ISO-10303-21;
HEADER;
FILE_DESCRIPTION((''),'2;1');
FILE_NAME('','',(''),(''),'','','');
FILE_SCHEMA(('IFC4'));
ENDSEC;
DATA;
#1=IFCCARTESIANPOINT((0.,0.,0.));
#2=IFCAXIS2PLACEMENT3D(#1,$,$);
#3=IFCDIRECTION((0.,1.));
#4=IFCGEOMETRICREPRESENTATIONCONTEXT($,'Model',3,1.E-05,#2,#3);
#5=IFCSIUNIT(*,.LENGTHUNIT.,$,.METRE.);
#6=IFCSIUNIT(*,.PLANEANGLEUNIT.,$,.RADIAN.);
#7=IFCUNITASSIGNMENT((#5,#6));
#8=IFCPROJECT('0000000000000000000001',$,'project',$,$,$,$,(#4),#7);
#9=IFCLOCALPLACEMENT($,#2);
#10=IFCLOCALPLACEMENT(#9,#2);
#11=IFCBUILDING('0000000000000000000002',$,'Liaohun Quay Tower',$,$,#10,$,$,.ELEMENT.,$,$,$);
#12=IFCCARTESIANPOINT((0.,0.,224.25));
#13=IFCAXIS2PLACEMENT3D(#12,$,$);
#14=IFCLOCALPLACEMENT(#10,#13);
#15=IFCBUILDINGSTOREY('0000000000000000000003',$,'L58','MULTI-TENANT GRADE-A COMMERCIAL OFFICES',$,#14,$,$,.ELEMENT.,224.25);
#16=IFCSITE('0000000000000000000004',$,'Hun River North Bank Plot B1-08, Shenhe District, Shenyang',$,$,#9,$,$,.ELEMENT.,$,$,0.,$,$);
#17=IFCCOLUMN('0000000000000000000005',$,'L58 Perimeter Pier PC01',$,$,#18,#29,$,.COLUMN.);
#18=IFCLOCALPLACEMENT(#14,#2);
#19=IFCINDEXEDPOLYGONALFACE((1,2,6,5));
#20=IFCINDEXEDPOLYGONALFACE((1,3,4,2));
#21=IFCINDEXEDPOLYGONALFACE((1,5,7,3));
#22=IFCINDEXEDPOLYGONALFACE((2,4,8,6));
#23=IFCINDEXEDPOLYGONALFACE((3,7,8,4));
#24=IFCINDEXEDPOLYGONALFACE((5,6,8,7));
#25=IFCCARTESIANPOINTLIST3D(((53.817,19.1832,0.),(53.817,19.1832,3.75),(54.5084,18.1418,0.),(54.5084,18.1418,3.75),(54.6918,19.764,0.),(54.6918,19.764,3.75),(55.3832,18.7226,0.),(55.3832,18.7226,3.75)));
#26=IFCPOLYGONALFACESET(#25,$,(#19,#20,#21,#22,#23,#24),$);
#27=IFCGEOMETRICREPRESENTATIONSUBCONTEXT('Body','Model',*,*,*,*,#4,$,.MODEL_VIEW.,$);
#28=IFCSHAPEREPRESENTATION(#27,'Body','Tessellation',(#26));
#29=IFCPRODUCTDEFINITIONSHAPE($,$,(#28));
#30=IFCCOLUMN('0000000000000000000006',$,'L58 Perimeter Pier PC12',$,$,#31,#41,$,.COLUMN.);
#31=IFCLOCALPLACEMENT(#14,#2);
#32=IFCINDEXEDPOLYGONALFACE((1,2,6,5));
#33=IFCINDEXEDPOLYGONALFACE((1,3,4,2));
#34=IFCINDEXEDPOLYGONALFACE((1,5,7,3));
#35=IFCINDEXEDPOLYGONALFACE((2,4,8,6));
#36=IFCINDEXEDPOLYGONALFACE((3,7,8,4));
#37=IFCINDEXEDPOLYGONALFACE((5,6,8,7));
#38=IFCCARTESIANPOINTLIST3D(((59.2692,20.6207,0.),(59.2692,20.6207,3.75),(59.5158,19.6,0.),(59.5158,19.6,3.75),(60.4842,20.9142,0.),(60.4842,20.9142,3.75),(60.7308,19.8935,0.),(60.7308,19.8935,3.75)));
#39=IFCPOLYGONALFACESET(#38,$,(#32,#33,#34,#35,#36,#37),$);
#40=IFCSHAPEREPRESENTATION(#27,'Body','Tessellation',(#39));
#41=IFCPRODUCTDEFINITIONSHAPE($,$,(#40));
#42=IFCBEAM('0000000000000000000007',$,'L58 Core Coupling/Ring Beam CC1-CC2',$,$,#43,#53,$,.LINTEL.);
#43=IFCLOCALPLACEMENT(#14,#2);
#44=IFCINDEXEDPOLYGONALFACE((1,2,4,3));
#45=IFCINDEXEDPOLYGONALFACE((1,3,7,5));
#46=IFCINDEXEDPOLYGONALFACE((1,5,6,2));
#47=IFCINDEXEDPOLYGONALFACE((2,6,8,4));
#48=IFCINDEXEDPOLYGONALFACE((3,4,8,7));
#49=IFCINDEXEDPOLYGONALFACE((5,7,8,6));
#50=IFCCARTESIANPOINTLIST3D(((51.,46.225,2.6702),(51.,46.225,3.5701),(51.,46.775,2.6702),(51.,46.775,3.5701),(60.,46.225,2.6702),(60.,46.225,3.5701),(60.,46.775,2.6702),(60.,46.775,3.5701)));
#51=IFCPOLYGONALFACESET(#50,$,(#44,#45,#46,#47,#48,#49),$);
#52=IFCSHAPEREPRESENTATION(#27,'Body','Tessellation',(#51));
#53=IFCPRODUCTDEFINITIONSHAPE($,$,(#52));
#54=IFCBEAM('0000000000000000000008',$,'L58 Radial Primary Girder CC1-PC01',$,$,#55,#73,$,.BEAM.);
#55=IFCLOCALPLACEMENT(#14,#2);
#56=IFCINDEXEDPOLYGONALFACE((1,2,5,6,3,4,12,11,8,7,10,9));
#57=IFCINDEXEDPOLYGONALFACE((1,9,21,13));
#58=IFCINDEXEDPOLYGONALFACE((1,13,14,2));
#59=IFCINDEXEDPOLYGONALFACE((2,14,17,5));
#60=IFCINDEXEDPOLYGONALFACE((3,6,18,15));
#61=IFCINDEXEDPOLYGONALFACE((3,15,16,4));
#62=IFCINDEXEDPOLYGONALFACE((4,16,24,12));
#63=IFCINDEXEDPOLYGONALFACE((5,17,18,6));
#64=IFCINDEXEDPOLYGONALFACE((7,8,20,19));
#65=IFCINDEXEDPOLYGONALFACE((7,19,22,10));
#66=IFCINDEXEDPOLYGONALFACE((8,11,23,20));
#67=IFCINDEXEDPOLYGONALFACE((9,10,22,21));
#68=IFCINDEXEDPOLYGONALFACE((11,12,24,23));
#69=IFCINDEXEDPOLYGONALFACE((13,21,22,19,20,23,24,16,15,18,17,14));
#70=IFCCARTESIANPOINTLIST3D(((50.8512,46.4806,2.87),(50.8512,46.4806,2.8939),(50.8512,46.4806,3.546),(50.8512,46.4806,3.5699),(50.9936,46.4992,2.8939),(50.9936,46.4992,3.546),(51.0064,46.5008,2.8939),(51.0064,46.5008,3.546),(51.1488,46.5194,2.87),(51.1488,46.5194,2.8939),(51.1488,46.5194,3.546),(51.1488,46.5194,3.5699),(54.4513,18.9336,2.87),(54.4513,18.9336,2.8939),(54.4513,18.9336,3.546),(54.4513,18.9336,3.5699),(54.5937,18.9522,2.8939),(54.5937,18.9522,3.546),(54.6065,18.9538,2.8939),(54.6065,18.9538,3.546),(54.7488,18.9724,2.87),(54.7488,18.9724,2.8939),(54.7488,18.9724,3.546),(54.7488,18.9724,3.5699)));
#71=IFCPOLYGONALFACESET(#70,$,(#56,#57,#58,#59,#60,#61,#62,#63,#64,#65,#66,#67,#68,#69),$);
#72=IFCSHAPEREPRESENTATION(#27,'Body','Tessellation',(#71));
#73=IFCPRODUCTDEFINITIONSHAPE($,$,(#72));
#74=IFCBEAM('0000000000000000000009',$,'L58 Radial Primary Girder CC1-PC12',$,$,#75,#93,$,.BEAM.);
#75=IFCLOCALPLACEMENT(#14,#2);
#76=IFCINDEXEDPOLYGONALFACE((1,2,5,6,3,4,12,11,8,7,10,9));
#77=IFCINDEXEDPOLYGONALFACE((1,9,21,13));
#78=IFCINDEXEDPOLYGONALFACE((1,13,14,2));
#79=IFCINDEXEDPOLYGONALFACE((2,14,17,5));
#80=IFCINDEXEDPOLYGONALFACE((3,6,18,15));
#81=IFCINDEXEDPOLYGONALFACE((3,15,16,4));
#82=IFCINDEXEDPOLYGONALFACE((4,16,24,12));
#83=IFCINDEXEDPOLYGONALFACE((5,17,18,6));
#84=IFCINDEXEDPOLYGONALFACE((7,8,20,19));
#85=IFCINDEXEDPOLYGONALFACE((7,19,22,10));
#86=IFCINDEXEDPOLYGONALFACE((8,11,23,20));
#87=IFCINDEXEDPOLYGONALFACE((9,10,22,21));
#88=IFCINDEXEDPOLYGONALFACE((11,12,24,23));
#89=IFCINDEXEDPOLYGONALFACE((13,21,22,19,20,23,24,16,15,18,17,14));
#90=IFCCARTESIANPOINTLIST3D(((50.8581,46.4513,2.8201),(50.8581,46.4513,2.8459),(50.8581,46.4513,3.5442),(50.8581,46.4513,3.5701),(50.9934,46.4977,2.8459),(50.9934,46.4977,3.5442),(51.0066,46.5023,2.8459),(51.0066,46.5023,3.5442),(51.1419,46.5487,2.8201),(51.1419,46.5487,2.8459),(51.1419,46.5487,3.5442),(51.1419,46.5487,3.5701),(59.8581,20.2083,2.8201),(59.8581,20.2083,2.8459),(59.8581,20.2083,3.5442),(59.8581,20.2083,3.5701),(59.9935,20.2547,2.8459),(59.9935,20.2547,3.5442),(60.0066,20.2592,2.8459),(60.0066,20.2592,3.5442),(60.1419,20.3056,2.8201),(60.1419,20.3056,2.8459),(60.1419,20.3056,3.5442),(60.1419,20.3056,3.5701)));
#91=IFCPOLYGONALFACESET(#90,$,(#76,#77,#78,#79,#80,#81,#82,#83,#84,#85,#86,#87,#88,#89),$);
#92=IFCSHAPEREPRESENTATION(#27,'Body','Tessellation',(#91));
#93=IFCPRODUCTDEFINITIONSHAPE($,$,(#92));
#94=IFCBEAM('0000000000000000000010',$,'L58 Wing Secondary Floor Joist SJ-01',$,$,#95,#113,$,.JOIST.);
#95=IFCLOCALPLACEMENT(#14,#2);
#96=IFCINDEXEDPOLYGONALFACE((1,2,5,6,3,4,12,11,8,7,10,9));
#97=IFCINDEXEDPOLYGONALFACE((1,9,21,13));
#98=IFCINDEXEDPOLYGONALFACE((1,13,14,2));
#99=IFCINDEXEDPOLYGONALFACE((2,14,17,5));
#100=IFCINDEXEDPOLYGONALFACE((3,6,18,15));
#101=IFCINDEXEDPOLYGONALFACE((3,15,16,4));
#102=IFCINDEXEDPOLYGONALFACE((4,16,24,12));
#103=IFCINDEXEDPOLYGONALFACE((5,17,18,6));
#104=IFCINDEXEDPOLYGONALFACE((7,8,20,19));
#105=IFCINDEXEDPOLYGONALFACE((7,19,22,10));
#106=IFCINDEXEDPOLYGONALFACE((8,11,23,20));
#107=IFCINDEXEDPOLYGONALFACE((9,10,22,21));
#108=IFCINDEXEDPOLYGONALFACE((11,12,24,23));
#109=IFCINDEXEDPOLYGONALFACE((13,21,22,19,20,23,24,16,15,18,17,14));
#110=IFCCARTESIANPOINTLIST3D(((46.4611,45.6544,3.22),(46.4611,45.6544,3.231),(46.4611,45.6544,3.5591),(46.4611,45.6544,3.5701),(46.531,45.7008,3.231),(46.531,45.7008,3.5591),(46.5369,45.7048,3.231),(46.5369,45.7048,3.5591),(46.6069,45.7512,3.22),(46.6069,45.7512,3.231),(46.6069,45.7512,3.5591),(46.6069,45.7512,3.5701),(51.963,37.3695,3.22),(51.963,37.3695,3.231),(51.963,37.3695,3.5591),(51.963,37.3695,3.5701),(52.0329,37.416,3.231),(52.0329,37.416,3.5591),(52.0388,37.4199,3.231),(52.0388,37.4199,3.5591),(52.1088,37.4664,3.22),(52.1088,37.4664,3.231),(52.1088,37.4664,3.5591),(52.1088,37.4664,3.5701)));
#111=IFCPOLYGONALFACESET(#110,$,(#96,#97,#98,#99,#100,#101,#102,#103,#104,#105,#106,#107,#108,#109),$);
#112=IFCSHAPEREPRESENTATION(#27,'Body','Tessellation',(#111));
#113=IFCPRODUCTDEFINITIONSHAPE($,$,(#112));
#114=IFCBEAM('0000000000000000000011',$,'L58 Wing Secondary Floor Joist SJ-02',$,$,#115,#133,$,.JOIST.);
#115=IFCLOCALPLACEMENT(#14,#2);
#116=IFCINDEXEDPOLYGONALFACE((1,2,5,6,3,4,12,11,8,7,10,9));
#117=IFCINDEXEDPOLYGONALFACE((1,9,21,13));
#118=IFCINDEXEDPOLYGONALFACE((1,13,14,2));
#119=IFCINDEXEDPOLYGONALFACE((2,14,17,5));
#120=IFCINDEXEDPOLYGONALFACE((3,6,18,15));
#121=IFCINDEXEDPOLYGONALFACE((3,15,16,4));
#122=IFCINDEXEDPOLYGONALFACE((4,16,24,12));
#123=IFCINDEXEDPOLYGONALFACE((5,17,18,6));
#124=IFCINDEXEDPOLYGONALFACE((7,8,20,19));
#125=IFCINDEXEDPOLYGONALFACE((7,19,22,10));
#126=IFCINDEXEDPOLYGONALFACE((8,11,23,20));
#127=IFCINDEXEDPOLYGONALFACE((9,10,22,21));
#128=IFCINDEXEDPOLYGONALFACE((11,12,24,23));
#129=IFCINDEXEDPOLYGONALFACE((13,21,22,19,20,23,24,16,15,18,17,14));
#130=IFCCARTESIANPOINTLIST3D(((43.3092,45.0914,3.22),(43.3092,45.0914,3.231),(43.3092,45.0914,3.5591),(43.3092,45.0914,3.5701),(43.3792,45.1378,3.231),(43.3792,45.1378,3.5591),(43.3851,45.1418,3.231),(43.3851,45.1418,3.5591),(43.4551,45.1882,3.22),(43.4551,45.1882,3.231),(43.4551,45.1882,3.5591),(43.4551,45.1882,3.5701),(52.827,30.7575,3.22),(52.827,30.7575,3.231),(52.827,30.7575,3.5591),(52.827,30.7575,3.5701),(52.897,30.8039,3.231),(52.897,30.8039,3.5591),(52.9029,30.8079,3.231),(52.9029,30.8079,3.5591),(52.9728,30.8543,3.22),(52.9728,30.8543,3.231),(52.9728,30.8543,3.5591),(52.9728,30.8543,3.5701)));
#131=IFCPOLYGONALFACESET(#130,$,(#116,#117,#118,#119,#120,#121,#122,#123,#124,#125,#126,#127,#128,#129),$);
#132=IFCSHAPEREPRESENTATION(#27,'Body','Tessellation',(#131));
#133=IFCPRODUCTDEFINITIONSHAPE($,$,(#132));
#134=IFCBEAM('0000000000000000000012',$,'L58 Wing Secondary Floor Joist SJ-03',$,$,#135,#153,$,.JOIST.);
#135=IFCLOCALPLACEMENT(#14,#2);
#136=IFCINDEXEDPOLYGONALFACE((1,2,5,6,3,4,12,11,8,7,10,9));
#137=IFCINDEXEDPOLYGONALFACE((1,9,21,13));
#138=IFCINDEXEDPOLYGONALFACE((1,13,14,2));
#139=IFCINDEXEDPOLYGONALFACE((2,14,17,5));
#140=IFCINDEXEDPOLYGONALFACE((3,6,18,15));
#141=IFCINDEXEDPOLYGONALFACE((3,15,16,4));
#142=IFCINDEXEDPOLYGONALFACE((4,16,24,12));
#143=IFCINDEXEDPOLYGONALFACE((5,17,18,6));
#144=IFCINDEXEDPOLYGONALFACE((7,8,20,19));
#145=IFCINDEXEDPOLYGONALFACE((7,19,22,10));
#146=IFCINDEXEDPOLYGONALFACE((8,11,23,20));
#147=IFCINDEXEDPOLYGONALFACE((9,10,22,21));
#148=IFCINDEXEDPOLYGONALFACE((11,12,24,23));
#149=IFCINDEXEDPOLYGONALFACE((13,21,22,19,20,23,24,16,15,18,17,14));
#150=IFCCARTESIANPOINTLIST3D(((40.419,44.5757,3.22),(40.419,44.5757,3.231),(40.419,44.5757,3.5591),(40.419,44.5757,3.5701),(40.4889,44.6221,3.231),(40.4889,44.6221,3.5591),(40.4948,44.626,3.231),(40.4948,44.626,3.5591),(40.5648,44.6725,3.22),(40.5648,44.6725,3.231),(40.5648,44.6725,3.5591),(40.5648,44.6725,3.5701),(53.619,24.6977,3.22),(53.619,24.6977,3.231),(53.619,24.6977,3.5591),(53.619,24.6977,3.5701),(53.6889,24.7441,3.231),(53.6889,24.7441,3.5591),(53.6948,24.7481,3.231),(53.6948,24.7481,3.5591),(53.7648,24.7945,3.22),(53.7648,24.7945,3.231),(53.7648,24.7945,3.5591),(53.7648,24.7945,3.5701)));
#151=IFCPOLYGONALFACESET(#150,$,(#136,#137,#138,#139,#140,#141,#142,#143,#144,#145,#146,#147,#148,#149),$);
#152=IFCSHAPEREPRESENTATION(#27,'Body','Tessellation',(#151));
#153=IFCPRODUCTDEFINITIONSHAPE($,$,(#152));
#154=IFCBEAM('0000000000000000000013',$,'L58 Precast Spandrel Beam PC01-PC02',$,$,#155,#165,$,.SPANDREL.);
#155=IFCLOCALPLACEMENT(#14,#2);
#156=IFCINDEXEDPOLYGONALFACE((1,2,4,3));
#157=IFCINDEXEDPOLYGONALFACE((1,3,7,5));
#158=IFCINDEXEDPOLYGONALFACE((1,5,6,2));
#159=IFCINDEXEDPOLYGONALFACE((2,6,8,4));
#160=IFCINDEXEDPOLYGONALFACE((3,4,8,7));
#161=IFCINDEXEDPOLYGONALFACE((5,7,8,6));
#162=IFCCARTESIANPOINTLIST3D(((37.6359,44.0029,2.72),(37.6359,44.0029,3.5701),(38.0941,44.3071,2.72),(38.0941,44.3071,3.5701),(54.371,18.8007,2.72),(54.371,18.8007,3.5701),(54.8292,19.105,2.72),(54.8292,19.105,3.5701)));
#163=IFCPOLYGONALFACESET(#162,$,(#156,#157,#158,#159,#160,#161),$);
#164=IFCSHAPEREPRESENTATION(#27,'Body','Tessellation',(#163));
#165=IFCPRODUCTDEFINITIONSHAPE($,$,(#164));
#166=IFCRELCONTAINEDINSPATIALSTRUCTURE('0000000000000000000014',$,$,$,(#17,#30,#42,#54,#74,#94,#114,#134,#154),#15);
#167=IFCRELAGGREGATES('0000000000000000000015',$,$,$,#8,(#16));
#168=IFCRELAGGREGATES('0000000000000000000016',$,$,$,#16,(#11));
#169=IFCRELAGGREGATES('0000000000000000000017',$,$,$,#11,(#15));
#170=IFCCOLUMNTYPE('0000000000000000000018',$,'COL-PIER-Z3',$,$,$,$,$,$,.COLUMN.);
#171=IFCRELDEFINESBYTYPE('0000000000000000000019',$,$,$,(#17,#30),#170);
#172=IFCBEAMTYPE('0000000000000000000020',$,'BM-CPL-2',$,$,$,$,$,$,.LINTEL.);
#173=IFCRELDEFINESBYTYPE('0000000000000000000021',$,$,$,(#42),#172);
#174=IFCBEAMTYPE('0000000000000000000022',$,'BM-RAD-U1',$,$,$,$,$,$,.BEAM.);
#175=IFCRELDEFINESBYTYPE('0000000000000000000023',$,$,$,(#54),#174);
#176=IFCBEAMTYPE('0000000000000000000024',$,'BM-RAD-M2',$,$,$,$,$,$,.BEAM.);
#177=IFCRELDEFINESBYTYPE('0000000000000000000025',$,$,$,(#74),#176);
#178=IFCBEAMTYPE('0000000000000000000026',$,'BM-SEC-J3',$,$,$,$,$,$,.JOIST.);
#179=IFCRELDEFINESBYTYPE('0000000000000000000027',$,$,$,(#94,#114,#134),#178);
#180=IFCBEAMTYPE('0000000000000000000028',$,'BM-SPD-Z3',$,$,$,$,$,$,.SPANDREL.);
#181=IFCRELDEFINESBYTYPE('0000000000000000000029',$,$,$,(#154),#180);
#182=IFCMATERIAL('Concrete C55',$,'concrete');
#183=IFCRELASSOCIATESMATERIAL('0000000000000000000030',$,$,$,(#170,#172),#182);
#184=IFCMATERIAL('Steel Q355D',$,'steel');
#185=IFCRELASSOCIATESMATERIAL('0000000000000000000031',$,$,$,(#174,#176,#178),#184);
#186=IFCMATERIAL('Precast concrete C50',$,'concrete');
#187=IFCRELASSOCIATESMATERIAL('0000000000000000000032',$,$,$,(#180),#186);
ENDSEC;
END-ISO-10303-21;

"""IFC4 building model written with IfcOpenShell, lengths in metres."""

from ifc_helpers import new_model, si_unit, direction, frame, origin, origin_2d, place, context, subcontext, project, spatial, rectangle, i_section, extrude, source, transform, mapped, material, material_profile, profile_set, type_object, element, save


model = new_model("IFC4")

# Units and contexts
model_context = context("Model", 3, precision=1e-05, world=origin(), true_north=direction((0.0, 1.0)))
body_context = subcontext(model_context, "Body", "Model", "MODEL_VIEW")
ifc_project = project(units=[si_unit("LENGTHUNIT", "METRE"), si_unit("PLANEANGLEUNIT", "RADIAN")], contexts=[model_context])

# Site, building, storey
site_placement = place(None, origin())
site = spatial("IfcSite", under=ifc_project, at=site_placement, Name="Hun River North Bank Plot B1-08, Shenhe District, Shenyang", CompositionType="ELEMENT", RefElevation=0.0)
building_placement = place(site_placement, origin())
building = spatial("IfcBuilding", under=site, at=building_placement, Name="Liaohun Quay Tower", CompositionType="ELEMENT")
storey_placement = place(building_placement, frame((0.0, 0.0, 224.25)))
storey = spatial("IfcBuildingStorey", under=building, at=storey_placement, Name="L58", Description="MULTI-TENANT GRADE-A COMMERCIAL OFFICES", CompositionType="ELEMENT", Elevation=224.25)

# Columns
ifc_material_1 = material(Name="Concrete C55", Category="concrete")
ifc_material_profile_1 = material_profile(ifc_material_1, rectangle(XDim=1.25, YDim=1.05, at=origin_2d()), Name="RC1250x1050")
ifc_profile_set_1 = profile_set([ifc_material_profile_1], Name="Concrete C55")
column_type = type_object("IfcColumnType", Name="COL-PIER-Z3", PredefinedType="COLUMN", material=ifc_profile_set_1)
shared_shape_1 = source(origin(), body_context, "Body", "SweptSolid", [
    extrude(rectangle(XDim=1.25, YDim=1.05, at=origin_2d()), origin(), (0.0, 0.0, 1.0), 3.75),
])
for number, where, z_axis, x_axis, name in (
    (1, (54.6001, 18.9529, 0.0), (0.0, 0.0, 1.0), (-0.553101, 0.833114, 0.0), "L58 Perimeter Pier PC01"),
    (2, (60.0, 20.2571, 0.0), (0.0, 0.0, 1.0), (0.972043, 0.234803, 0.0), "L58 Perimeter Pier PC12"),
):
    element("IfcColumn", number, at=place(storey_placement, frame(where, z_axis=z_axis, x_axis=x_axis)), inside=storey, type_object=column_type, Name=name, PredefinedType="COLUMN", context=body_context, shape_type="MappedRepresentation", body=[
        mapped(shared_shape_1, transform((0.0, 0.0, 0.0), x_axis=(1.0, 0.0, 0.0), y_axis=(0.0, 1.0, 0.0), z_axis=(0.0, 0.0, 1.0), scale=1.0)),
    ])

# Beams
ifc_material_profile_2 = material_profile(ifc_material_1, rectangle(XDim=0.55, YDim=0.8999, at=origin_2d()), Name="RC550x900")
ifc_profile_set_2 = profile_set([ifc_material_profile_2], Name="Concrete C55")
beam_type_1 = type_object("IfcBeamType", Name="BM-CPL-2", PredefinedType="LINTEL", material=ifc_profile_set_2)
shared_shape_2 = source(origin(), body_context, "Body", "SweptSolid", [
    extrude(rectangle(XDim=0.55, YDim=0.8999, at=origin_2d()), origin(), (0.0, 0.0, 1.0), 9.0),
])
beam_1_placement = place(storey_placement, frame((51.0, 46.5, 3.1201), z_axis=(1.0, 0.0, 0.0), x_axis=(0.0, 1.0, 0.0)))
element("IfcBeam", 3, at=beam_1_placement, inside=storey, type_object=beam_type_1, Name="L58 Core Coupling/Ring Beam CC1-CC2", PredefinedType="LINTEL", context=body_context, shape_type="MappedRepresentation", body=[
    mapped(shared_shape_2, transform((0.0, 0.0, 0.0), x_axis=(1.0, 0.0, 0.0), y_axis=(0.0, 1.0, 0.0), z_axis=(0.0, 0.0, 1.0), scale=1.0)),
])
ifc_material_2 = material(Name="Steel Q355D", Category="steel")
ifc_material_profile_3 = material_profile(ifc_material_2, i_section(OverallWidth=0.3, OverallDepth=0.7, WebThickness=0.0129, FlangeThickness=0.0239, at=origin_2d()), Name="HN700x300x13x24")
ifc_profile_set_3 = profile_set([ifc_material_profile_3], Name="Steel Q355D")
beam_type_2 = type_object("IfcBeamType", Name="BM-RAD-U1", PredefinedType="BEAM", material=ifc_profile_set_3)
shared_shape_3 = source(origin(), body_context, "Body", "SweptSolid", [
    extrude(i_section(OverallWidth=0.3, OverallDepth=0.7, WebThickness=0.0129, FlangeThickness=0.0239, at=origin_2d()), origin(), (0.0, 0.0, 1.0), 27.7812),
])
beam_2_placement = place(storey_placement, frame((51.0, 46.5, 3.22), z_axis=(0.129587, -0.991568, 0.0), x_axis=(0.991568, 0.129587, 0.0)))
element("IfcBeam", 4, at=beam_2_placement, inside=storey, type_object=beam_type_2, Name="L58 Radial Primary Girder CC1-PC01", PredefinedType="BEAM", context=body_context, shape_type="MappedRepresentation", body=[
    mapped(shared_shape_3, transform((0.0, 0.0, 0.0), x_axis=(1.0, 0.0, 0.0), y_axis=(0.0, 1.0, 0.0), z_axis=(0.0, 0.0, 1.0), scale=1.0)),
])
ifc_material_profile_4 = material_profile(ifc_material_2, i_section(OverallWidth=0.3, OverallDepth=0.75, WebThickness=0.0139, FlangeThickness=0.0259, at=origin_2d()), Name="HN750x300x14x26")
ifc_profile_set_4 = profile_set([ifc_material_profile_4], Name="Steel Q355D")
beam_type_3 = type_object("IfcBeamType", Name="BM-RAD-M2", PredefinedType="BEAM", material=ifc_profile_set_4)
shared_shape_4 = source(origin(), body_context, "Body", "SweptSolid", [
    extrude(i_section(OverallWidth=0.3, OverallDepth=0.75, WebThickness=0.0139, FlangeThickness=0.0259, at=origin_2d()), origin(), (0.0, 0.0, 1.0), 27.7434),
])
beam_3_placement = place(storey_placement, frame((51.0, 46.5, 3.1951), z_axis=(0.324403, -0.945919, 0.0), x_axis=(0.945919, 0.324403, 0.0)))
element("IfcBeam", 5, at=beam_3_placement, inside=storey, type_object=beam_type_3, Name="L58 Radial Primary Girder CC1-PC12", PredefinedType="BEAM", context=body_context, shape_type="MappedRepresentation", body=[
    mapped(shared_shape_4, transform((0.0, 0.0, 0.0), x_axis=(1.0, 0.0, 0.0), y_axis=(0.0, 1.0, 0.0), z_axis=(0.0, 0.0, 1.0), scale=1.0)),
])
ifc_material_profile_5 = material_profile(ifc_material_2, i_section(OverallWidth=0.175, OverallDepth=0.3501, WebThickness=0.0071, FlangeThickness=0.011, at=origin_2d()), Name="HN350x175x7x11")
ifc_profile_set_5 = profile_set([ifc_material_profile_5], Name="Steel Q355D")
beam_type_4 = type_object("IfcBeamType", Name="BM-SEC-J3", PredefinedType="JOIST", material=ifc_profile_set_5)
shared_shape_5 = source(origin(), body_context, "Body", "SweptSolid", [
    extrude(i_section(OverallWidth=0.175, OverallDepth=0.3501, WebThickness=0.0071, FlangeThickness=0.011, at=origin_2d()), origin(), (0.0, 0.0, 1.0), 9.9453),
])
beam_4_placement = place(storey_placement, frame((52.0359, 37.418, 3.395), z_axis=(-0.553215, 0.833038, 0.0), x_axis=(-0.833038, -0.553215, 0.0)))
element("IfcBeam", 6, at=beam_4_placement, inside=storey, type_object=beam_type_4, Name="L58 Wing Secondary Floor Joist SJ-01", PredefinedType="JOIST", context=body_context, shape_type="MappedRepresentation", body=[
    mapped(shared_shape_5, transform((0.0, 0.0, 0.0), x_axis=(1.0, 0.0, 0.0), y_axis=(0.0, 1.0, 0.0), z_axis=(0.0, 0.0, 1.0), scale=1.0)),
])
shared_shape_6 = source(origin(), body_context, "Body", "SweptSolid", [
    extrude(i_section(OverallWidth=0.175, OverallDepth=0.3501, WebThickness=0.0071, FlangeThickness=0.011, at=origin_2d()), origin(), (0.0, 0.0, 1.0), 17.2061),
])
beam_5_placement = place(storey_placement, frame((52.8999, 30.8059, 3.395), z_axis=(-0.553164, 0.833073, 0.0), x_axis=(-0.833073, -0.553164, 0.0)))
element("IfcBeam", 7, at=beam_5_placement, inside=storey, type_object=beam_type_4, Name="L58 Wing Secondary Floor Joist SJ-02", PredefinedType="JOIST", context=body_context, shape_type="MappedRepresentation", body=[
    mapped(shared_shape_6, transform((0.0, 0.0, 0.0), x_axis=(1.0, 0.0, 0.0), y_axis=(0.0, 1.0, 0.0), z_axis=(0.0, 0.0, 1.0), scale=1.0)),
])
shared_shape_7 = source(origin(), body_context, "Body", "SweptSolid", [
    extrude(i_section(OverallWidth=0.175, OverallDepth=0.3501, WebThickness=0.0071, FlangeThickness=0.011, at=origin_2d()), origin(), (0.0, 0.0, 1.0), 23.8616),
])
beam_6_placement = place(storey_placement, frame((53.6919, 24.7461, 3.395), z_axis=(-0.553191, 0.833055, 0.0), x_axis=(-0.833055, -0.553191, 0.0)))
element("IfcBeam", 8, at=beam_6_placement, inside=storey, type_object=beam_type_4, Name="L58 Wing Secondary Floor Joist SJ-03", PredefinedType="JOIST", context=body_context, shape_type="MappedRepresentation", body=[
    mapped(shared_shape_7, transform((0.0, 0.0, 0.0), x_axis=(1.0, 0.0, 0.0), y_axis=(0.0, 1.0, 0.0), z_axis=(0.0, 0.0, 1.0), scale=1.0)),
])
ifc_material_3 = material(Name="Precast concrete C50", Category="concrete")
ifc_material_profile_6 = material_profile(ifc_material_3, rectangle(XDim=0.55, YDim=0.8501, at=origin_2d()), Name="RC550x850")
ifc_profile_set_6 = profile_set([ifc_material_profile_6], Name="Precast concrete C50")
beam_type_5 = type_object("IfcBeamType", Name="BM-SPD-Z3", PredefinedType="SPANDREL", material=ifc_profile_set_6)
shared_shape_8 = source(origin(), body_context, "Body", "SweptSolid", [
    extrude(rectangle(XDim=0.55, YDim=0.8501, at=origin_2d()), origin(), (0.0, 0.0, 1.0), 30.2524),
])
beam_7_placement = place(storey_placement, frame((54.6001, 18.9529, 3.145), z_axis=(-0.553181, 0.833061, 0.0), x_axis=(-0.833061, -0.553181, 0.0)))
element("IfcBeam", 9, at=beam_7_placement, inside=storey, type_object=beam_type_5, Name="L58 Precast Spandrel Beam PC01-PC02", PredefinedType="SPANDREL", context=body_context, shape_type="MappedRepresentation", body=[
    mapped(shared_shape_8, transform((0.0, 0.0, 0.0), x_axis=(1.0, 0.0, 0.0), y_axis=(0.0, 1.0, 0.0), z_axis=(0.0, 0.0, 1.0), scale=1.0)),
])

save(model, "model.ifc")
